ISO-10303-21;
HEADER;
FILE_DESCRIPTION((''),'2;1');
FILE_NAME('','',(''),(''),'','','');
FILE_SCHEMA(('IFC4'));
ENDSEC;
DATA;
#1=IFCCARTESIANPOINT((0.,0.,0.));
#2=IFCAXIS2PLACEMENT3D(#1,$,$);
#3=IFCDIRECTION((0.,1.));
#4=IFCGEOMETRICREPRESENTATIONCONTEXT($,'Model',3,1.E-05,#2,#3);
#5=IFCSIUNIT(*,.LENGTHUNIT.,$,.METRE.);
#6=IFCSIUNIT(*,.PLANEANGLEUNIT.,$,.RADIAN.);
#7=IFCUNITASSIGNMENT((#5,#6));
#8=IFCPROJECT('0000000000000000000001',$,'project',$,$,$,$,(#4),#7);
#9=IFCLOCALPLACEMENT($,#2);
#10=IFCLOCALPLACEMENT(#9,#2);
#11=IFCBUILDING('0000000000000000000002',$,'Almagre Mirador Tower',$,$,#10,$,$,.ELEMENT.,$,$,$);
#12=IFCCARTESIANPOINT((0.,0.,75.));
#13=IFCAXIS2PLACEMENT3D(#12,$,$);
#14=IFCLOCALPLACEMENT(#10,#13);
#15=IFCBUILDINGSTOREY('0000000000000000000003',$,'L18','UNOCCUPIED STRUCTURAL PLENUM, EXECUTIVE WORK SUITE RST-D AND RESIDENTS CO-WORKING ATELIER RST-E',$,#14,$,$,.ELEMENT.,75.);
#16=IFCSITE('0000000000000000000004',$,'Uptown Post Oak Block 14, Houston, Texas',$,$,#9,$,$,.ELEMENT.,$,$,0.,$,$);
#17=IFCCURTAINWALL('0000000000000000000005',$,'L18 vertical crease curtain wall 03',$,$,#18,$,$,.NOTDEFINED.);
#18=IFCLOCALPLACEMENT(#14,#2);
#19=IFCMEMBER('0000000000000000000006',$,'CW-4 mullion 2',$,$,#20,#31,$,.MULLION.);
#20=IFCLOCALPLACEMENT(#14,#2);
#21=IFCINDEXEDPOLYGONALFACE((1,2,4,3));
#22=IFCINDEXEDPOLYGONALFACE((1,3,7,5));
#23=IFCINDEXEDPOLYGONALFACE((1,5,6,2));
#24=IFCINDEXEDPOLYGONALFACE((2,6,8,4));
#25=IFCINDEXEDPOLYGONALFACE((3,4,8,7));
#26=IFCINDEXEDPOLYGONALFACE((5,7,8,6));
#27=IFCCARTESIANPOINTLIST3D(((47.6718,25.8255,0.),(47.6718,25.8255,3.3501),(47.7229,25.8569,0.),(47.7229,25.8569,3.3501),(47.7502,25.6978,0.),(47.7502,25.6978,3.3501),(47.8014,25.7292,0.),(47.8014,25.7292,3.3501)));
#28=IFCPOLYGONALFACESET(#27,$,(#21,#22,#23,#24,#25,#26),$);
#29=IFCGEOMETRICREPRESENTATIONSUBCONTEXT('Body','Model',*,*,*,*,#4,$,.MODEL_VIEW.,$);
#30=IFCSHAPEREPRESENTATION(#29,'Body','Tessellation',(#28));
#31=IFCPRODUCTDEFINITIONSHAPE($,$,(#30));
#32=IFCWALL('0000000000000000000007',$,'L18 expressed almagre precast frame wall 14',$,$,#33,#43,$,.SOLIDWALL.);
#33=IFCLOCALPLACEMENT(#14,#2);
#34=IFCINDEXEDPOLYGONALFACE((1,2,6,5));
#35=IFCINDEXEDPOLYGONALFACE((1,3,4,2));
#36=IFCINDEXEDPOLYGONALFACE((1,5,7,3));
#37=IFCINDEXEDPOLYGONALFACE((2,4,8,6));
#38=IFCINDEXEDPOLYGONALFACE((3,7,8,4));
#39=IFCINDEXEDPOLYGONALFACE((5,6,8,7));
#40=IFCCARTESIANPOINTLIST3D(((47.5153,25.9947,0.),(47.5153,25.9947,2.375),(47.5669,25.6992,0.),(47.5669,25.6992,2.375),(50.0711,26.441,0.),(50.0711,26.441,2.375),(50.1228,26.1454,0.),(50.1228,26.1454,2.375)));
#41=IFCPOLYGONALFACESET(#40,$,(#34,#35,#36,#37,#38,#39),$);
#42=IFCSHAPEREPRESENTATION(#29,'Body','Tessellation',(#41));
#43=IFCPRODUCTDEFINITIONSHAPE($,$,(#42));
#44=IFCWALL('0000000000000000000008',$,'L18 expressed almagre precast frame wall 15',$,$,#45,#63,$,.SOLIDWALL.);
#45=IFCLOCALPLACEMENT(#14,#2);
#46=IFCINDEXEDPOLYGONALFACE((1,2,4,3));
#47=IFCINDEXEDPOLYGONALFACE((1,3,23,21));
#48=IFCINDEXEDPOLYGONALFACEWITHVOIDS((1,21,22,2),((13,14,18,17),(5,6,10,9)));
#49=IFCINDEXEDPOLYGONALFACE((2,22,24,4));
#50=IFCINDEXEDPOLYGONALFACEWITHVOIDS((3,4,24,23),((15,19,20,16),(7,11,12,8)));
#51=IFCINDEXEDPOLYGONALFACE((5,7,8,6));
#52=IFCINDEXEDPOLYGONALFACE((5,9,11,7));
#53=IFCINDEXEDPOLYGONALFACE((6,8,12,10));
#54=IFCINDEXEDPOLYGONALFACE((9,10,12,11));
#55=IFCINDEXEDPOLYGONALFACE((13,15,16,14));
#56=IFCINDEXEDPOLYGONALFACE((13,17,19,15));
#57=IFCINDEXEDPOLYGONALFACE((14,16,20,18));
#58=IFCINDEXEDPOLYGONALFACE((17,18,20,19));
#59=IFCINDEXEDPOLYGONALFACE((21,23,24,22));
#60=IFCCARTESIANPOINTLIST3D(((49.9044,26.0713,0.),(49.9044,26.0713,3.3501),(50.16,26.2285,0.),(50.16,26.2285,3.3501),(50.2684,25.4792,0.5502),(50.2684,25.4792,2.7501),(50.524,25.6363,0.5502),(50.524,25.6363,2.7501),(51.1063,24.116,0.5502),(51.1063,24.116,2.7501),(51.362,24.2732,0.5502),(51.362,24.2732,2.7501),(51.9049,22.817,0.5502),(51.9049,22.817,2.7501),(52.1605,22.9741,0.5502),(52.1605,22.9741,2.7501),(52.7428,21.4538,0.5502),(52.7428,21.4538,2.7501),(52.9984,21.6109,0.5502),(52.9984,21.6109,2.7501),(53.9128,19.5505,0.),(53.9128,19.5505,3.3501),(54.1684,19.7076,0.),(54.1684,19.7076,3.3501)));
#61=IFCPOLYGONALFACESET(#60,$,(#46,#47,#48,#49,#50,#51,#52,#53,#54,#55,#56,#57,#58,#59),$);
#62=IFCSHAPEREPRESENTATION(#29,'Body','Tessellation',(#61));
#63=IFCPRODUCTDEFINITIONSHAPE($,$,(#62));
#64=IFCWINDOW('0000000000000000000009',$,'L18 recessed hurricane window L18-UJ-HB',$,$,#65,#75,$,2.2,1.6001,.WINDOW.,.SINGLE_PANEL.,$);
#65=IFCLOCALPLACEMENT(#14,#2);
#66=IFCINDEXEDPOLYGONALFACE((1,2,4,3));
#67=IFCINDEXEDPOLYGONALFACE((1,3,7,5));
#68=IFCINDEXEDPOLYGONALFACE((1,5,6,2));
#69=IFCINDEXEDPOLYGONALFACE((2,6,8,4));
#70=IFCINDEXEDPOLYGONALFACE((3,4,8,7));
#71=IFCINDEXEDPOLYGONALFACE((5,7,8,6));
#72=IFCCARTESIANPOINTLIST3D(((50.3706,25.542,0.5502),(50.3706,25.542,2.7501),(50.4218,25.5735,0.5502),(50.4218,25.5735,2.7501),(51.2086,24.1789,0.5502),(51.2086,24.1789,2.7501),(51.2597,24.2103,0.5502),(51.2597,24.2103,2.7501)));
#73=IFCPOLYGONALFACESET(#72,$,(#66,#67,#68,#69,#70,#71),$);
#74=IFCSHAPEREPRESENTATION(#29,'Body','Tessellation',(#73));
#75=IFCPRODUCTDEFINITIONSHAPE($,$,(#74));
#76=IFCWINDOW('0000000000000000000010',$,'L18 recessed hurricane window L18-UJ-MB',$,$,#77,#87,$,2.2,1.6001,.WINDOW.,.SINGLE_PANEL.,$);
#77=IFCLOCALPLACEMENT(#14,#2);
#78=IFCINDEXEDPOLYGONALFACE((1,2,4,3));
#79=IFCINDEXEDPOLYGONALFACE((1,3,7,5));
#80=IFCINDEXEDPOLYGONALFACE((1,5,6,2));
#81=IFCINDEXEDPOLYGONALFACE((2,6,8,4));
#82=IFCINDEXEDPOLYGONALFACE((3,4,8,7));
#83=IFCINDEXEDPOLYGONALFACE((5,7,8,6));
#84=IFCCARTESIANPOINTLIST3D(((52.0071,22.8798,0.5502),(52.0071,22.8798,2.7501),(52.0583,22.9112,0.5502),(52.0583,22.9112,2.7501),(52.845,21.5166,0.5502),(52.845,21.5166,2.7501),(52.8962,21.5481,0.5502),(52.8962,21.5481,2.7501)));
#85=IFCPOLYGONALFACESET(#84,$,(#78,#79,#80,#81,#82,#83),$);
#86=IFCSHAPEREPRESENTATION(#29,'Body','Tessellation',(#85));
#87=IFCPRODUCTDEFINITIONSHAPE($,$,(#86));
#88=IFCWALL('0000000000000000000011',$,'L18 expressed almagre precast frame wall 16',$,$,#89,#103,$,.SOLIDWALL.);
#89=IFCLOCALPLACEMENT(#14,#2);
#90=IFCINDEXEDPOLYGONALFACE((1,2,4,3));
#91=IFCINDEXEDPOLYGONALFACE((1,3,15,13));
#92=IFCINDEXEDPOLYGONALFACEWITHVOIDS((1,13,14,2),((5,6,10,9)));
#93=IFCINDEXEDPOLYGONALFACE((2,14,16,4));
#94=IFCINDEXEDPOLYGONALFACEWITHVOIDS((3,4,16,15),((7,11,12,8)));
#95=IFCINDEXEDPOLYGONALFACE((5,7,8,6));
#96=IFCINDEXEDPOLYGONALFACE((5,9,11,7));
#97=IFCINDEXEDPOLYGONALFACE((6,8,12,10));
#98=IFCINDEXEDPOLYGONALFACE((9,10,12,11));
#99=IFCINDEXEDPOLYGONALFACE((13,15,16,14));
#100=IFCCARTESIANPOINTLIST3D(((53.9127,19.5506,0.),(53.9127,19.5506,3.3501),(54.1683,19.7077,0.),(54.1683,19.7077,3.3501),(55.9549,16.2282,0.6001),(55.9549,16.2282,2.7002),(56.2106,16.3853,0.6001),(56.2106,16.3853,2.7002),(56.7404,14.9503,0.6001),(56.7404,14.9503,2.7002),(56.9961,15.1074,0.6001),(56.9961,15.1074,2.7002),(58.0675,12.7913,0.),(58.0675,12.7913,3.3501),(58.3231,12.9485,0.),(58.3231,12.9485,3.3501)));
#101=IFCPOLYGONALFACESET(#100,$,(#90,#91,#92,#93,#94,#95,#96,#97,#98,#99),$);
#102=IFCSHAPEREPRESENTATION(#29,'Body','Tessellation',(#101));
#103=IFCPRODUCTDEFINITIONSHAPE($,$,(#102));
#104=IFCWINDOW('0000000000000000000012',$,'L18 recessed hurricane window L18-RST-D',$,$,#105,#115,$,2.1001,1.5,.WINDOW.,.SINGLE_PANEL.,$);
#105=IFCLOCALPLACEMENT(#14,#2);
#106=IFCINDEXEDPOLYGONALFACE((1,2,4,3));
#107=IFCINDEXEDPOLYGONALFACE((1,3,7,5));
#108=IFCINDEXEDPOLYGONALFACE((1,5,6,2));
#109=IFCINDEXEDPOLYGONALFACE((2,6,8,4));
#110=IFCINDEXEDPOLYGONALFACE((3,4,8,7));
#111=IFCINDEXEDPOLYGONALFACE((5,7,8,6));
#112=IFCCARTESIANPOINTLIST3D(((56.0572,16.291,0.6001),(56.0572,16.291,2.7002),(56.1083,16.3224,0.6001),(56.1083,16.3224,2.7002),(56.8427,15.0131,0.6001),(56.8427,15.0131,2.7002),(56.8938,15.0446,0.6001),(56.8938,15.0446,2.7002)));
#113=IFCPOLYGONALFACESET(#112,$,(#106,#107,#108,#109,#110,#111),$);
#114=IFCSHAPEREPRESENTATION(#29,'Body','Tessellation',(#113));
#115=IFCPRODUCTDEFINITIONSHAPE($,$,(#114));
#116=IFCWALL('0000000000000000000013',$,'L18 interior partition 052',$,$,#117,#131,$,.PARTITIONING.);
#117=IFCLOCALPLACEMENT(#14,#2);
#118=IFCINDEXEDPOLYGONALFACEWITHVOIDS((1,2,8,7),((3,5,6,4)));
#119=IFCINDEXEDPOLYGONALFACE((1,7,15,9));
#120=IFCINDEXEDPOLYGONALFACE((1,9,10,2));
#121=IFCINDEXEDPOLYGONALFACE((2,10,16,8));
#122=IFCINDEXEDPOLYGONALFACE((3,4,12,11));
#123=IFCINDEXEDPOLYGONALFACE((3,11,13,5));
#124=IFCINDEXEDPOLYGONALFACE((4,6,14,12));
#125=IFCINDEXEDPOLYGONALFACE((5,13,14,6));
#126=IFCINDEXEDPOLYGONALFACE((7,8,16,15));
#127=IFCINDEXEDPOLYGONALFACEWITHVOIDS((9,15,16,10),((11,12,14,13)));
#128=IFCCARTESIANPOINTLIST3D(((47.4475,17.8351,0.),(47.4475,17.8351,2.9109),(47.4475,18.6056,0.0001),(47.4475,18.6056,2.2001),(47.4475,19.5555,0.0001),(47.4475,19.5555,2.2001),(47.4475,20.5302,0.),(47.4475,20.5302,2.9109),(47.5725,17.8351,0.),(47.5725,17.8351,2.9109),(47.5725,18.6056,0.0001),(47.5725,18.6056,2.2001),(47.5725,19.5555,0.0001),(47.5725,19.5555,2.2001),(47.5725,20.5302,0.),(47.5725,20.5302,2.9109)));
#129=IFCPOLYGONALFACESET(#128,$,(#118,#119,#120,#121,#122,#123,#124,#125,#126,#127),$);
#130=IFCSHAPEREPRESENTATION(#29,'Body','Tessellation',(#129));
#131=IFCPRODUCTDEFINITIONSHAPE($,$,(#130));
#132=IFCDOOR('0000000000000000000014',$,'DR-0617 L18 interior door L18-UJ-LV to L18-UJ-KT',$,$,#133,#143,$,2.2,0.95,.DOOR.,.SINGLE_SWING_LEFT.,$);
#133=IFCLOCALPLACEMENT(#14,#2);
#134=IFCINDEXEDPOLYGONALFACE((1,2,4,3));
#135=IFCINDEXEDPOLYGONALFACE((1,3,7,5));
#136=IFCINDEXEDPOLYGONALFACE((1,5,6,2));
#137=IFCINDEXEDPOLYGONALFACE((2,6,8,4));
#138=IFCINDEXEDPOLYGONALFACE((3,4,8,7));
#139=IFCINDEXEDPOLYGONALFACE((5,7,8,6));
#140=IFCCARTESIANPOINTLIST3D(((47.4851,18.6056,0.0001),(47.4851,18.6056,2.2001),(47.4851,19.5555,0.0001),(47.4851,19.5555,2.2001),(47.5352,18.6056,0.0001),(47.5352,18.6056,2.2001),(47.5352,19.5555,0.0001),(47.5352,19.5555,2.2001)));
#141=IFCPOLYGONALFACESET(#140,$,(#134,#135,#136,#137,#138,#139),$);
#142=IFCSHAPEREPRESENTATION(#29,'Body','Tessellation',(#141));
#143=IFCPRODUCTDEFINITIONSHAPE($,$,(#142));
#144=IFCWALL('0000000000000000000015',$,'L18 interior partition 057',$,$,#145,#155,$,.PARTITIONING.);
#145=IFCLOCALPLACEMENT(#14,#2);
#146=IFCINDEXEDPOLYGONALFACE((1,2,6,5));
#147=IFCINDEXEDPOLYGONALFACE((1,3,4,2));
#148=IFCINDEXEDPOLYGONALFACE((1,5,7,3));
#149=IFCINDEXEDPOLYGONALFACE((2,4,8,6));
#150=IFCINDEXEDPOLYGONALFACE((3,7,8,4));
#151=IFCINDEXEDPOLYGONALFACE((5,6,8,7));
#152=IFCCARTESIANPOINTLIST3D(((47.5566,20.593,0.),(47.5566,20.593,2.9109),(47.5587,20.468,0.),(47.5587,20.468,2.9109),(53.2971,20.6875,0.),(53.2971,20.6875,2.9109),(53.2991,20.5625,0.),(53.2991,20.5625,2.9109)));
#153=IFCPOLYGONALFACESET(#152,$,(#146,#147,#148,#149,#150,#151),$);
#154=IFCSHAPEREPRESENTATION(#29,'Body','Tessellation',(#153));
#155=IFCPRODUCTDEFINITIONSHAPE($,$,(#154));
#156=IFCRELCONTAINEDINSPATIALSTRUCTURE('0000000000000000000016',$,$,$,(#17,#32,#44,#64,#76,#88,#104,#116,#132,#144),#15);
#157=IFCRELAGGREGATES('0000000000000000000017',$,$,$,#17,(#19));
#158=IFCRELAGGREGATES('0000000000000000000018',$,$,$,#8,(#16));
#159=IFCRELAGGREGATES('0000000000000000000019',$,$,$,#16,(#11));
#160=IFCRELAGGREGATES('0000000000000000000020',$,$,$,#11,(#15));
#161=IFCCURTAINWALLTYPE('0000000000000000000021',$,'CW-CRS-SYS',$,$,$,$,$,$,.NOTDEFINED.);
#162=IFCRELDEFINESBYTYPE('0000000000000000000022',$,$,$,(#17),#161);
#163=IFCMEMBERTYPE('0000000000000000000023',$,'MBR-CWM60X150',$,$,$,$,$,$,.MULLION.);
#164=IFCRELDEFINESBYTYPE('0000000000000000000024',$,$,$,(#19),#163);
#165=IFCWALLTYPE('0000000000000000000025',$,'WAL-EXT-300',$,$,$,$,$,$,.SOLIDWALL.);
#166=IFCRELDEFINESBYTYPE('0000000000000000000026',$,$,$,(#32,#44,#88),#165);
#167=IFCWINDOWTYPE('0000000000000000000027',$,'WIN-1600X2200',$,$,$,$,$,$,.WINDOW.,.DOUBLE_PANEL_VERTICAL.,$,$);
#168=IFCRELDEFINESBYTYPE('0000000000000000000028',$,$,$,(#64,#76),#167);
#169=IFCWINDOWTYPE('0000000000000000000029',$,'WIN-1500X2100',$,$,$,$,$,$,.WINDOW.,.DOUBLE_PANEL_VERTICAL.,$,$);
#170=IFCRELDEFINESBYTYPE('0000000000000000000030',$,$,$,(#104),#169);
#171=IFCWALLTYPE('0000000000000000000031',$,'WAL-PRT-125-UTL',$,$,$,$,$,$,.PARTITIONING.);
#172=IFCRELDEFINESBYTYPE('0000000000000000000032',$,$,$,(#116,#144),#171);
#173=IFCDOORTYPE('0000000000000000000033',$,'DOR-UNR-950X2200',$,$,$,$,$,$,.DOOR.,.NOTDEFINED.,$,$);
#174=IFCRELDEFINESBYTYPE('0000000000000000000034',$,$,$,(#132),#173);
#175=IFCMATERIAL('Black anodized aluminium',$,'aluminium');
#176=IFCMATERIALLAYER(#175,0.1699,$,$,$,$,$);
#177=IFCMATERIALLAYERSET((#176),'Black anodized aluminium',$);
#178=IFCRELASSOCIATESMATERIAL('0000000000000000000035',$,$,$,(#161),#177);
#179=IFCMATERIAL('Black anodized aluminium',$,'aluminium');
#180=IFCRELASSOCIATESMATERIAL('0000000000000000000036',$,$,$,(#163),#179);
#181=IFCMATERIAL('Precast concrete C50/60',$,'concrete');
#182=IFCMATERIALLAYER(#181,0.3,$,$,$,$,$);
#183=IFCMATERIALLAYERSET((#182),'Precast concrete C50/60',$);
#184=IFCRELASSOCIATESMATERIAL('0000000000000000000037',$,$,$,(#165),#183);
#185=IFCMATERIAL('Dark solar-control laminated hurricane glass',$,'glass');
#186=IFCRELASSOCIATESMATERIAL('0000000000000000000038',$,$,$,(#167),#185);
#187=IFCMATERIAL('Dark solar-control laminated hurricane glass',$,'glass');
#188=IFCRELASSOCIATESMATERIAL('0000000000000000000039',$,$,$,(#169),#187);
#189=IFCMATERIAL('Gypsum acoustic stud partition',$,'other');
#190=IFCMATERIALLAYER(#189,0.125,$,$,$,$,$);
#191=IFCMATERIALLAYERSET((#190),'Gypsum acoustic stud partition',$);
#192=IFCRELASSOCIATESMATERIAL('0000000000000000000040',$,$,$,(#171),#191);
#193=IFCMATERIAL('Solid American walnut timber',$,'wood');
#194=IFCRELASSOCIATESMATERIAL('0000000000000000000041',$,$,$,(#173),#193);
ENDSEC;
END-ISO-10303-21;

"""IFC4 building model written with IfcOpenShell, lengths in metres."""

from ifc_helpers import new_model, si_unit, direction, frame, frame_2d, origin, origin_2d, place, context, subcontext, project, spatial, rectangle, extrude, material, layer, layer_set, material_profile, profile_set, type_object, element, fill, aggregate, save


model = new_model("IFC4")

# Units and contexts
model_context = context("Model", 3, precision=1e-05, world=origin(), true_north=direction((0.0, 1.0)))
body_context = subcontext(model_context, "Body", "Model", "MODEL_VIEW")
ifc_project = project(units=[si_unit("LENGTHUNIT", "METRE"), si_unit("PLANEANGLEUNIT", "RADIAN")], contexts=[model_context])

# Site, building, storey
site_placement = place(None, origin())
site = spatial("IfcSite", under=ifc_project, at=site_placement, Name="Uptown Post Oak Block 14, Houston, Texas", CompositionType="ELEMENT", RefElevation=0.0)
building_placement = place(site_placement, origin())
building = spatial("IfcBuilding", under=site, at=building_placement, Name="Almagre Mirador Tower", CompositionType="ELEMENT")
storey_placement = place(building_placement, frame((0.0, 0.0, 75.0)))
storey = spatial("IfcBuildingStorey", under=building, at=storey_placement, Name="L18", Description="UNOCCUPIED STRUCTURAL PLENUM, EXECUTIVE WORK SUITE RST-D AND RESIDENTS CO-WORKING ATELIER RST-E", CompositionType="ELEMENT", Elevation=75.0)

# Curtain wall, member
ifc_material_1 = material(Name="Black anodized aluminium", Category="aluminium")
ifc_layer_1 = layer(ifc_material_1, 0.1699)
ifc_layer_set_1 = layer_set([ifc_layer_1], Name="Black anodized aluminium")
curtain_wall_type = type_object("IfcCurtainWallType", Name="CW-CRS-SYS", PredefinedType="NOTDEFINED", material=ifc_layer_set_1)
curtain_wall_placement = place(storey_placement, origin())
curtain_wall = element("IfcCurtainWall", 1, at=curtain_wall_placement, inside=storey, type_object=curtain_wall_type, Name="L18 vertical crease curtain wall 03", PredefinedType="NOTDEFINED")
ifc_material_2 = material(Name="Black anodized aluminium", Category="aluminium")
ifc_material_profile_1 = material_profile(ifc_material_2, rectangle(XDim=0.0601, YDim=0.1499, at=origin_2d()), Name="CWM60X150")
ifc_profile_set_1 = profile_set([ifc_material_profile_1], Name="Black anodized aluminium")
member_type = type_object("IfcMemberType", Name="MBR-CWM60X150", PredefinedType="MULLION", material=ifc_profile_set_1)
member_placement = place(storey_placement, frame((47.7366, 25.7773, 0.0), z_axis=(0.0, 0.0, 1.0), x_axis=(0.852078, 0.523415, 0.0)))
member = element("IfcMember", 2, at=member_placement, type_object=member_type, Name="CW-4 mullion 2", PredefinedType="MULLION", context=body_context, shape_type="SweptSolid", body=[
    extrude(rectangle(XDim=0.0601, YDim=0.1499, at=origin_2d()), origin(), (0.0, 0.0, 1.0), 3.3501),
])
aggregate(curtain_wall, [member])

# Wall
ifc_material_3 = material(Name="Precast concrete C50/60", Category="concrete")
ifc_layer_2 = layer(ifc_material_3, 0.3)
ifc_layer_set_2 = layer_set([ifc_layer_2], Name="Precast concrete C50/60")
wall_type_1 = type_object("IfcWallType", Name="WAL-EXT-300", PredefinedType="SOLIDWALL", material=ifc_layer_set_2)
wall_1_placement = place(storey_placement, frame((47.541, 25.8469, 0.0), z_axis=(0.0, 0.0, 1.0), x_axis=(0.985096, 0.172008, 0.0)))
element("IfcWall", 3, at=wall_1_placement, inside=storey, type_object=wall_type_1, Name="L18 expressed almagre precast frame wall 14", PredefinedType="SOLIDWALL", context=body_context, shape_type="SweptSolid", body=[
    extrude(rectangle(XDim=2.5945, YDim=0.3, at=frame_2d((1.2974, 0.0))), origin(), (0.0, 0.0, 1.0), 2.375),
])

# Wall, openings, windows
wall_2_placement = place(storey_placement, frame((50.0322, 26.1499, 0.0), z_axis=(0.0, 0.0, 1.0), x_axis=(0.523674, -0.851919, 0.0)))
wall_2 = element("IfcWall", 4, at=wall_2_placement, inside=storey, type_object=wall_type_1, Name="L18 expressed almagre precast frame wall 15", PredefinedType="SOLIDWALL", context=body_context, shape_type="SweptSolid", body=[
    extrude(rectangle(XDim=7.6543, YDim=0.3, at=frame_2d((3.8271, 0.0))), origin(), (0.0, 0.0, 1.0), 3.3501),
])
opening_1_placement = place(wall_2_placement, frame((0.6951, 0.0, 0.55)))
opening_1 = element("IfcOpeningElement", 5, at=opening_1_placement, cuts=wall_2, PredefinedType="OPENING", context=body_context, shape_type="SweptSolid", body=[
    extrude(rectangle(XDim=1.6001, YDim=2.2, at=frame_2d((0.8, 1.1001))), frame((0.0, 0.1599, 0.0), z_axis=(0.0, -1.0, 0.0), x_axis=(1.0, 0.0, 0.0)), (0.0, 0.0, 1.0), 0.32),
])
opening_2_placement = place(wall_2_placement, frame((3.8201, 0.0, 0.55)))
opening_2 = element("IfcOpeningElement", 6, at=opening_2_placement, cuts=wall_2, PredefinedType="OPENING", context=body_context, shape_type="SweptSolid", body=[
    extrude(rectangle(XDim=1.6001, YDim=2.2, at=frame_2d((0.8, 1.1001))), frame((0.0, 0.1599, 0.0), z_axis=(0.0, -1.0, 0.0), x_axis=(1.0, 0.0, 0.0)), (0.0, 0.0, 1.0), 0.32),
])
ifc_material_4 = material(Name="Dark solar-control laminated hurricane glass", Category="glass")
window_type_1 = type_object("IfcWindowType", Name="WIN-1600X2200", PartitioningType="DOUBLE_PANEL_VERTICAL", PredefinedType="WINDOW", material=ifc_material_4)
window_1_placement = place(opening_1_placement, origin())
window_1 = element("IfcWindow", 7, at=window_1_placement, inside=storey, type_object=window_type_1, Name="L18 recessed hurricane window L18-UJ-HB", OverallHeight=2.2, OverallWidth=1.6001, PartitioningType="SINGLE_PANEL", PredefinedType="WINDOW", context=body_context, shape_type="SweptSolid", body=[
    extrude(rectangle(XDim=1.6001, YDim=2.2, at=frame_2d((0.8, 1.1001))), frame((0.0, 0.03, 0.0), z_axis=(0.0, -1.0, 0.0), x_axis=(1.0, 0.0, 0.0)), (0.0, 0.0, 1.0), 0.0601),
])
fill(opening_1, window_1)
window_2_placement = place(opening_2_placement, origin())
window_2 = element("IfcWindow", 8, at=window_2_placement, inside=storey, type_object=window_type_1, Name="L18 recessed hurricane window L18-UJ-MB", OverallHeight=2.2, OverallWidth=1.6001, PartitioningType="SINGLE_PANEL", PredefinedType="WINDOW", context=body_context, shape_type="SweptSolid", body=[
    extrude(rectangle(XDim=1.6001, YDim=2.2, at=frame_2d((0.8, 1.1001))), frame((0.0, 0.03, 0.0), z_axis=(0.0, -1.0, 0.0), x_axis=(1.0, 0.0, 0.0)), (0.0, 0.0, 1.0), 0.0601),
])
fill(opening_2, window_2)

# Wall, opening, window
wall_3_placement = place(storey_placement, frame((54.0405, 19.6292, 0.0), z_axis=(0.0, 0.0, 1.0), x_axis=(0.523661, -0.851927, 0.0)))
wall_3 = element("IfcWall", 9, at=wall_3_placement, inside=storey, type_object=wall_type_1, Name="L18 expressed almagre precast frame wall 16", PredefinedType="SOLIDWALL", context=body_context, shape_type="SweptSolid", body=[
    extrude(rectangle(XDim=7.9341, YDim=0.3, at=frame_2d((3.967, 0.0))), origin(), (0.0, 0.0, 1.0), 3.3501),
])
opening_3_placement = place(wall_3_placement, frame((3.8999, 0.0, 0.6001)))
opening_3 = element("IfcOpeningElement", 10, at=opening_3_placement, cuts=wall_3, PredefinedType="OPENING", context=body_context, shape_type="SweptSolid", body=[
    extrude(rectangle(XDim=1.5, YDim=2.1001, at=frame_2d((0.75, 1.05))), frame((0.0, 0.1599, 0.0), z_axis=(0.0, -1.0, 0.0), x_axis=(1.0, 0.0, 0.0)), (0.0, 0.0, 1.0), 0.32),
])
ifc_material_5 = material(Name="Dark solar-control laminated hurricane glass", Category="glass")
window_type_2 = type_object("IfcWindowType", Name="WIN-1500X2100", PartitioningType="DOUBLE_PANEL_VERTICAL", PredefinedType="WINDOW", material=ifc_material_5)
window_3_placement = place(opening_3_placement, origin())
window_3 = element("IfcWindow", 11, at=window_3_placement, inside=storey, type_object=window_type_2, Name="L18 recessed hurricane window L18-RST-D", OverallHeight=2.1001, OverallWidth=1.5, PartitioningType="SINGLE_PANEL", PredefinedType="WINDOW", context=body_context, shape_type="SweptSolid", body=[
    extrude(rectangle(XDim=1.5, YDim=2.1001, at=frame_2d((0.75, 1.05))), frame((0.0, 0.03, 0.0), z_axis=(0.0, -1.0, 0.0), x_axis=(1.0, 0.0, 0.0)), (0.0, 0.0, 1.0), 0.0601),
])
fill(opening_3, window_3)

# Wall, opening, door
ifc_material_6 = material(Name="Gypsum acoustic stud partition", Category="other")
ifc_layer_3 = layer(ifc_material_6, 0.125)
ifc_layer_set_3 = layer_set([ifc_layer_3], Name="Gypsum acoustic stud partition")
wall_type_2 = type_object("IfcWallType", Name="WAL-PRT-125-UTL", PredefinedType="PARTITIONING", material=ifc_layer_set_3)
wall_4_placement = place(storey_placement, frame((47.51, 17.835, 0.0), z_axis=(0.0, 0.0, 1.0), x_axis=(0.0, 1.0, 0.0)))
wall_4 = element("IfcWall", 12, at=wall_4_placement, inside=storey, type_object=wall_type_2, Name="L18 interior partition 052", PredefinedType="PARTITIONING", context=body_context, shape_type="SweptSolid", body=[
    extrude(rectangle(XDim=2.6951, YDim=0.125, at=frame_2d((1.3477, 0.0))), origin(), (0.0, 0.0, 1.0), 2.9109),
])
opening_4_placement = place(wall_4_placement, frame((0.7705, 0.0, 0.0)))
opening_4 = element("IfcOpeningElement", 13, at=opening_4_placement, cuts=wall_4, PredefinedType="OPENING", context=body_context, shape_type="SweptSolid", body=[
    extrude(rectangle(XDim=0.95, YDim=2.2, at=frame_2d((0.4751, 1.1001))), frame((0.0, 0.0725, 0.0), z_axis=(0.0, -1.0, 0.0), x_axis=(1.0, 0.0, 0.0)), (0.0, 0.0, 1.0), 0.145),
])
ifc_material_7 = material(Name="Solid American walnut timber", Category="wood")
door_type_1 = type_object("IfcDoorType", Name="DOR-UNR-950X2200", OperationType="NOTDEFINED", PredefinedType="DOOR", material=ifc_material_7)
door_1_placement = place(opening_4_placement, origin())
door_1 = element("IfcDoor", 14, at=door_1_placement, inside=storey, type_object=door_type_1, Name="DR-0617 L18 interior door L18-UJ-LV to L18-UJ-KT", OperationType="SINGLE_SWING_LEFT", OverallHeight=2.2, OverallWidth=0.95, PredefinedType="DOOR", context=body_context, shape_type="SweptSolid", body=[
    extrude(rectangle(XDim=0.95, YDim=2.2, at=frame_2d((0.4751, 1.1001))), frame((0.0, 0.0249, 0.0), z_axis=(0.0, -1.0, 0.0), x_axis=(1.0, 0.0, 0.0)), (0.0, 0.0, 1.0), 0.05),
])
fill(opening_4, door_1)

# Wall
wall_5_placement = place(storey_placement, frame((53.2981, 20.625, 0.0), z_axis=(0.0, 0.0, 1.0), x_axis=(-0.999865, -0.016457, 0.0)))
element("IfcWall", 15, at=wall_5_placement, inside=storey, type_object=wall_type_2, Name="L18 interior partition 057", PredefinedType="PARTITIONING", context=body_context, shape_type="SweptSolid", body=[
    extrude(rectangle(XDim=5.7412, YDim=0.125, at=frame_2d((2.8706, 0.0))), origin(), (0.0, 0.0, 1.0), 2.9109),
])

save(model, "model.ifc")
